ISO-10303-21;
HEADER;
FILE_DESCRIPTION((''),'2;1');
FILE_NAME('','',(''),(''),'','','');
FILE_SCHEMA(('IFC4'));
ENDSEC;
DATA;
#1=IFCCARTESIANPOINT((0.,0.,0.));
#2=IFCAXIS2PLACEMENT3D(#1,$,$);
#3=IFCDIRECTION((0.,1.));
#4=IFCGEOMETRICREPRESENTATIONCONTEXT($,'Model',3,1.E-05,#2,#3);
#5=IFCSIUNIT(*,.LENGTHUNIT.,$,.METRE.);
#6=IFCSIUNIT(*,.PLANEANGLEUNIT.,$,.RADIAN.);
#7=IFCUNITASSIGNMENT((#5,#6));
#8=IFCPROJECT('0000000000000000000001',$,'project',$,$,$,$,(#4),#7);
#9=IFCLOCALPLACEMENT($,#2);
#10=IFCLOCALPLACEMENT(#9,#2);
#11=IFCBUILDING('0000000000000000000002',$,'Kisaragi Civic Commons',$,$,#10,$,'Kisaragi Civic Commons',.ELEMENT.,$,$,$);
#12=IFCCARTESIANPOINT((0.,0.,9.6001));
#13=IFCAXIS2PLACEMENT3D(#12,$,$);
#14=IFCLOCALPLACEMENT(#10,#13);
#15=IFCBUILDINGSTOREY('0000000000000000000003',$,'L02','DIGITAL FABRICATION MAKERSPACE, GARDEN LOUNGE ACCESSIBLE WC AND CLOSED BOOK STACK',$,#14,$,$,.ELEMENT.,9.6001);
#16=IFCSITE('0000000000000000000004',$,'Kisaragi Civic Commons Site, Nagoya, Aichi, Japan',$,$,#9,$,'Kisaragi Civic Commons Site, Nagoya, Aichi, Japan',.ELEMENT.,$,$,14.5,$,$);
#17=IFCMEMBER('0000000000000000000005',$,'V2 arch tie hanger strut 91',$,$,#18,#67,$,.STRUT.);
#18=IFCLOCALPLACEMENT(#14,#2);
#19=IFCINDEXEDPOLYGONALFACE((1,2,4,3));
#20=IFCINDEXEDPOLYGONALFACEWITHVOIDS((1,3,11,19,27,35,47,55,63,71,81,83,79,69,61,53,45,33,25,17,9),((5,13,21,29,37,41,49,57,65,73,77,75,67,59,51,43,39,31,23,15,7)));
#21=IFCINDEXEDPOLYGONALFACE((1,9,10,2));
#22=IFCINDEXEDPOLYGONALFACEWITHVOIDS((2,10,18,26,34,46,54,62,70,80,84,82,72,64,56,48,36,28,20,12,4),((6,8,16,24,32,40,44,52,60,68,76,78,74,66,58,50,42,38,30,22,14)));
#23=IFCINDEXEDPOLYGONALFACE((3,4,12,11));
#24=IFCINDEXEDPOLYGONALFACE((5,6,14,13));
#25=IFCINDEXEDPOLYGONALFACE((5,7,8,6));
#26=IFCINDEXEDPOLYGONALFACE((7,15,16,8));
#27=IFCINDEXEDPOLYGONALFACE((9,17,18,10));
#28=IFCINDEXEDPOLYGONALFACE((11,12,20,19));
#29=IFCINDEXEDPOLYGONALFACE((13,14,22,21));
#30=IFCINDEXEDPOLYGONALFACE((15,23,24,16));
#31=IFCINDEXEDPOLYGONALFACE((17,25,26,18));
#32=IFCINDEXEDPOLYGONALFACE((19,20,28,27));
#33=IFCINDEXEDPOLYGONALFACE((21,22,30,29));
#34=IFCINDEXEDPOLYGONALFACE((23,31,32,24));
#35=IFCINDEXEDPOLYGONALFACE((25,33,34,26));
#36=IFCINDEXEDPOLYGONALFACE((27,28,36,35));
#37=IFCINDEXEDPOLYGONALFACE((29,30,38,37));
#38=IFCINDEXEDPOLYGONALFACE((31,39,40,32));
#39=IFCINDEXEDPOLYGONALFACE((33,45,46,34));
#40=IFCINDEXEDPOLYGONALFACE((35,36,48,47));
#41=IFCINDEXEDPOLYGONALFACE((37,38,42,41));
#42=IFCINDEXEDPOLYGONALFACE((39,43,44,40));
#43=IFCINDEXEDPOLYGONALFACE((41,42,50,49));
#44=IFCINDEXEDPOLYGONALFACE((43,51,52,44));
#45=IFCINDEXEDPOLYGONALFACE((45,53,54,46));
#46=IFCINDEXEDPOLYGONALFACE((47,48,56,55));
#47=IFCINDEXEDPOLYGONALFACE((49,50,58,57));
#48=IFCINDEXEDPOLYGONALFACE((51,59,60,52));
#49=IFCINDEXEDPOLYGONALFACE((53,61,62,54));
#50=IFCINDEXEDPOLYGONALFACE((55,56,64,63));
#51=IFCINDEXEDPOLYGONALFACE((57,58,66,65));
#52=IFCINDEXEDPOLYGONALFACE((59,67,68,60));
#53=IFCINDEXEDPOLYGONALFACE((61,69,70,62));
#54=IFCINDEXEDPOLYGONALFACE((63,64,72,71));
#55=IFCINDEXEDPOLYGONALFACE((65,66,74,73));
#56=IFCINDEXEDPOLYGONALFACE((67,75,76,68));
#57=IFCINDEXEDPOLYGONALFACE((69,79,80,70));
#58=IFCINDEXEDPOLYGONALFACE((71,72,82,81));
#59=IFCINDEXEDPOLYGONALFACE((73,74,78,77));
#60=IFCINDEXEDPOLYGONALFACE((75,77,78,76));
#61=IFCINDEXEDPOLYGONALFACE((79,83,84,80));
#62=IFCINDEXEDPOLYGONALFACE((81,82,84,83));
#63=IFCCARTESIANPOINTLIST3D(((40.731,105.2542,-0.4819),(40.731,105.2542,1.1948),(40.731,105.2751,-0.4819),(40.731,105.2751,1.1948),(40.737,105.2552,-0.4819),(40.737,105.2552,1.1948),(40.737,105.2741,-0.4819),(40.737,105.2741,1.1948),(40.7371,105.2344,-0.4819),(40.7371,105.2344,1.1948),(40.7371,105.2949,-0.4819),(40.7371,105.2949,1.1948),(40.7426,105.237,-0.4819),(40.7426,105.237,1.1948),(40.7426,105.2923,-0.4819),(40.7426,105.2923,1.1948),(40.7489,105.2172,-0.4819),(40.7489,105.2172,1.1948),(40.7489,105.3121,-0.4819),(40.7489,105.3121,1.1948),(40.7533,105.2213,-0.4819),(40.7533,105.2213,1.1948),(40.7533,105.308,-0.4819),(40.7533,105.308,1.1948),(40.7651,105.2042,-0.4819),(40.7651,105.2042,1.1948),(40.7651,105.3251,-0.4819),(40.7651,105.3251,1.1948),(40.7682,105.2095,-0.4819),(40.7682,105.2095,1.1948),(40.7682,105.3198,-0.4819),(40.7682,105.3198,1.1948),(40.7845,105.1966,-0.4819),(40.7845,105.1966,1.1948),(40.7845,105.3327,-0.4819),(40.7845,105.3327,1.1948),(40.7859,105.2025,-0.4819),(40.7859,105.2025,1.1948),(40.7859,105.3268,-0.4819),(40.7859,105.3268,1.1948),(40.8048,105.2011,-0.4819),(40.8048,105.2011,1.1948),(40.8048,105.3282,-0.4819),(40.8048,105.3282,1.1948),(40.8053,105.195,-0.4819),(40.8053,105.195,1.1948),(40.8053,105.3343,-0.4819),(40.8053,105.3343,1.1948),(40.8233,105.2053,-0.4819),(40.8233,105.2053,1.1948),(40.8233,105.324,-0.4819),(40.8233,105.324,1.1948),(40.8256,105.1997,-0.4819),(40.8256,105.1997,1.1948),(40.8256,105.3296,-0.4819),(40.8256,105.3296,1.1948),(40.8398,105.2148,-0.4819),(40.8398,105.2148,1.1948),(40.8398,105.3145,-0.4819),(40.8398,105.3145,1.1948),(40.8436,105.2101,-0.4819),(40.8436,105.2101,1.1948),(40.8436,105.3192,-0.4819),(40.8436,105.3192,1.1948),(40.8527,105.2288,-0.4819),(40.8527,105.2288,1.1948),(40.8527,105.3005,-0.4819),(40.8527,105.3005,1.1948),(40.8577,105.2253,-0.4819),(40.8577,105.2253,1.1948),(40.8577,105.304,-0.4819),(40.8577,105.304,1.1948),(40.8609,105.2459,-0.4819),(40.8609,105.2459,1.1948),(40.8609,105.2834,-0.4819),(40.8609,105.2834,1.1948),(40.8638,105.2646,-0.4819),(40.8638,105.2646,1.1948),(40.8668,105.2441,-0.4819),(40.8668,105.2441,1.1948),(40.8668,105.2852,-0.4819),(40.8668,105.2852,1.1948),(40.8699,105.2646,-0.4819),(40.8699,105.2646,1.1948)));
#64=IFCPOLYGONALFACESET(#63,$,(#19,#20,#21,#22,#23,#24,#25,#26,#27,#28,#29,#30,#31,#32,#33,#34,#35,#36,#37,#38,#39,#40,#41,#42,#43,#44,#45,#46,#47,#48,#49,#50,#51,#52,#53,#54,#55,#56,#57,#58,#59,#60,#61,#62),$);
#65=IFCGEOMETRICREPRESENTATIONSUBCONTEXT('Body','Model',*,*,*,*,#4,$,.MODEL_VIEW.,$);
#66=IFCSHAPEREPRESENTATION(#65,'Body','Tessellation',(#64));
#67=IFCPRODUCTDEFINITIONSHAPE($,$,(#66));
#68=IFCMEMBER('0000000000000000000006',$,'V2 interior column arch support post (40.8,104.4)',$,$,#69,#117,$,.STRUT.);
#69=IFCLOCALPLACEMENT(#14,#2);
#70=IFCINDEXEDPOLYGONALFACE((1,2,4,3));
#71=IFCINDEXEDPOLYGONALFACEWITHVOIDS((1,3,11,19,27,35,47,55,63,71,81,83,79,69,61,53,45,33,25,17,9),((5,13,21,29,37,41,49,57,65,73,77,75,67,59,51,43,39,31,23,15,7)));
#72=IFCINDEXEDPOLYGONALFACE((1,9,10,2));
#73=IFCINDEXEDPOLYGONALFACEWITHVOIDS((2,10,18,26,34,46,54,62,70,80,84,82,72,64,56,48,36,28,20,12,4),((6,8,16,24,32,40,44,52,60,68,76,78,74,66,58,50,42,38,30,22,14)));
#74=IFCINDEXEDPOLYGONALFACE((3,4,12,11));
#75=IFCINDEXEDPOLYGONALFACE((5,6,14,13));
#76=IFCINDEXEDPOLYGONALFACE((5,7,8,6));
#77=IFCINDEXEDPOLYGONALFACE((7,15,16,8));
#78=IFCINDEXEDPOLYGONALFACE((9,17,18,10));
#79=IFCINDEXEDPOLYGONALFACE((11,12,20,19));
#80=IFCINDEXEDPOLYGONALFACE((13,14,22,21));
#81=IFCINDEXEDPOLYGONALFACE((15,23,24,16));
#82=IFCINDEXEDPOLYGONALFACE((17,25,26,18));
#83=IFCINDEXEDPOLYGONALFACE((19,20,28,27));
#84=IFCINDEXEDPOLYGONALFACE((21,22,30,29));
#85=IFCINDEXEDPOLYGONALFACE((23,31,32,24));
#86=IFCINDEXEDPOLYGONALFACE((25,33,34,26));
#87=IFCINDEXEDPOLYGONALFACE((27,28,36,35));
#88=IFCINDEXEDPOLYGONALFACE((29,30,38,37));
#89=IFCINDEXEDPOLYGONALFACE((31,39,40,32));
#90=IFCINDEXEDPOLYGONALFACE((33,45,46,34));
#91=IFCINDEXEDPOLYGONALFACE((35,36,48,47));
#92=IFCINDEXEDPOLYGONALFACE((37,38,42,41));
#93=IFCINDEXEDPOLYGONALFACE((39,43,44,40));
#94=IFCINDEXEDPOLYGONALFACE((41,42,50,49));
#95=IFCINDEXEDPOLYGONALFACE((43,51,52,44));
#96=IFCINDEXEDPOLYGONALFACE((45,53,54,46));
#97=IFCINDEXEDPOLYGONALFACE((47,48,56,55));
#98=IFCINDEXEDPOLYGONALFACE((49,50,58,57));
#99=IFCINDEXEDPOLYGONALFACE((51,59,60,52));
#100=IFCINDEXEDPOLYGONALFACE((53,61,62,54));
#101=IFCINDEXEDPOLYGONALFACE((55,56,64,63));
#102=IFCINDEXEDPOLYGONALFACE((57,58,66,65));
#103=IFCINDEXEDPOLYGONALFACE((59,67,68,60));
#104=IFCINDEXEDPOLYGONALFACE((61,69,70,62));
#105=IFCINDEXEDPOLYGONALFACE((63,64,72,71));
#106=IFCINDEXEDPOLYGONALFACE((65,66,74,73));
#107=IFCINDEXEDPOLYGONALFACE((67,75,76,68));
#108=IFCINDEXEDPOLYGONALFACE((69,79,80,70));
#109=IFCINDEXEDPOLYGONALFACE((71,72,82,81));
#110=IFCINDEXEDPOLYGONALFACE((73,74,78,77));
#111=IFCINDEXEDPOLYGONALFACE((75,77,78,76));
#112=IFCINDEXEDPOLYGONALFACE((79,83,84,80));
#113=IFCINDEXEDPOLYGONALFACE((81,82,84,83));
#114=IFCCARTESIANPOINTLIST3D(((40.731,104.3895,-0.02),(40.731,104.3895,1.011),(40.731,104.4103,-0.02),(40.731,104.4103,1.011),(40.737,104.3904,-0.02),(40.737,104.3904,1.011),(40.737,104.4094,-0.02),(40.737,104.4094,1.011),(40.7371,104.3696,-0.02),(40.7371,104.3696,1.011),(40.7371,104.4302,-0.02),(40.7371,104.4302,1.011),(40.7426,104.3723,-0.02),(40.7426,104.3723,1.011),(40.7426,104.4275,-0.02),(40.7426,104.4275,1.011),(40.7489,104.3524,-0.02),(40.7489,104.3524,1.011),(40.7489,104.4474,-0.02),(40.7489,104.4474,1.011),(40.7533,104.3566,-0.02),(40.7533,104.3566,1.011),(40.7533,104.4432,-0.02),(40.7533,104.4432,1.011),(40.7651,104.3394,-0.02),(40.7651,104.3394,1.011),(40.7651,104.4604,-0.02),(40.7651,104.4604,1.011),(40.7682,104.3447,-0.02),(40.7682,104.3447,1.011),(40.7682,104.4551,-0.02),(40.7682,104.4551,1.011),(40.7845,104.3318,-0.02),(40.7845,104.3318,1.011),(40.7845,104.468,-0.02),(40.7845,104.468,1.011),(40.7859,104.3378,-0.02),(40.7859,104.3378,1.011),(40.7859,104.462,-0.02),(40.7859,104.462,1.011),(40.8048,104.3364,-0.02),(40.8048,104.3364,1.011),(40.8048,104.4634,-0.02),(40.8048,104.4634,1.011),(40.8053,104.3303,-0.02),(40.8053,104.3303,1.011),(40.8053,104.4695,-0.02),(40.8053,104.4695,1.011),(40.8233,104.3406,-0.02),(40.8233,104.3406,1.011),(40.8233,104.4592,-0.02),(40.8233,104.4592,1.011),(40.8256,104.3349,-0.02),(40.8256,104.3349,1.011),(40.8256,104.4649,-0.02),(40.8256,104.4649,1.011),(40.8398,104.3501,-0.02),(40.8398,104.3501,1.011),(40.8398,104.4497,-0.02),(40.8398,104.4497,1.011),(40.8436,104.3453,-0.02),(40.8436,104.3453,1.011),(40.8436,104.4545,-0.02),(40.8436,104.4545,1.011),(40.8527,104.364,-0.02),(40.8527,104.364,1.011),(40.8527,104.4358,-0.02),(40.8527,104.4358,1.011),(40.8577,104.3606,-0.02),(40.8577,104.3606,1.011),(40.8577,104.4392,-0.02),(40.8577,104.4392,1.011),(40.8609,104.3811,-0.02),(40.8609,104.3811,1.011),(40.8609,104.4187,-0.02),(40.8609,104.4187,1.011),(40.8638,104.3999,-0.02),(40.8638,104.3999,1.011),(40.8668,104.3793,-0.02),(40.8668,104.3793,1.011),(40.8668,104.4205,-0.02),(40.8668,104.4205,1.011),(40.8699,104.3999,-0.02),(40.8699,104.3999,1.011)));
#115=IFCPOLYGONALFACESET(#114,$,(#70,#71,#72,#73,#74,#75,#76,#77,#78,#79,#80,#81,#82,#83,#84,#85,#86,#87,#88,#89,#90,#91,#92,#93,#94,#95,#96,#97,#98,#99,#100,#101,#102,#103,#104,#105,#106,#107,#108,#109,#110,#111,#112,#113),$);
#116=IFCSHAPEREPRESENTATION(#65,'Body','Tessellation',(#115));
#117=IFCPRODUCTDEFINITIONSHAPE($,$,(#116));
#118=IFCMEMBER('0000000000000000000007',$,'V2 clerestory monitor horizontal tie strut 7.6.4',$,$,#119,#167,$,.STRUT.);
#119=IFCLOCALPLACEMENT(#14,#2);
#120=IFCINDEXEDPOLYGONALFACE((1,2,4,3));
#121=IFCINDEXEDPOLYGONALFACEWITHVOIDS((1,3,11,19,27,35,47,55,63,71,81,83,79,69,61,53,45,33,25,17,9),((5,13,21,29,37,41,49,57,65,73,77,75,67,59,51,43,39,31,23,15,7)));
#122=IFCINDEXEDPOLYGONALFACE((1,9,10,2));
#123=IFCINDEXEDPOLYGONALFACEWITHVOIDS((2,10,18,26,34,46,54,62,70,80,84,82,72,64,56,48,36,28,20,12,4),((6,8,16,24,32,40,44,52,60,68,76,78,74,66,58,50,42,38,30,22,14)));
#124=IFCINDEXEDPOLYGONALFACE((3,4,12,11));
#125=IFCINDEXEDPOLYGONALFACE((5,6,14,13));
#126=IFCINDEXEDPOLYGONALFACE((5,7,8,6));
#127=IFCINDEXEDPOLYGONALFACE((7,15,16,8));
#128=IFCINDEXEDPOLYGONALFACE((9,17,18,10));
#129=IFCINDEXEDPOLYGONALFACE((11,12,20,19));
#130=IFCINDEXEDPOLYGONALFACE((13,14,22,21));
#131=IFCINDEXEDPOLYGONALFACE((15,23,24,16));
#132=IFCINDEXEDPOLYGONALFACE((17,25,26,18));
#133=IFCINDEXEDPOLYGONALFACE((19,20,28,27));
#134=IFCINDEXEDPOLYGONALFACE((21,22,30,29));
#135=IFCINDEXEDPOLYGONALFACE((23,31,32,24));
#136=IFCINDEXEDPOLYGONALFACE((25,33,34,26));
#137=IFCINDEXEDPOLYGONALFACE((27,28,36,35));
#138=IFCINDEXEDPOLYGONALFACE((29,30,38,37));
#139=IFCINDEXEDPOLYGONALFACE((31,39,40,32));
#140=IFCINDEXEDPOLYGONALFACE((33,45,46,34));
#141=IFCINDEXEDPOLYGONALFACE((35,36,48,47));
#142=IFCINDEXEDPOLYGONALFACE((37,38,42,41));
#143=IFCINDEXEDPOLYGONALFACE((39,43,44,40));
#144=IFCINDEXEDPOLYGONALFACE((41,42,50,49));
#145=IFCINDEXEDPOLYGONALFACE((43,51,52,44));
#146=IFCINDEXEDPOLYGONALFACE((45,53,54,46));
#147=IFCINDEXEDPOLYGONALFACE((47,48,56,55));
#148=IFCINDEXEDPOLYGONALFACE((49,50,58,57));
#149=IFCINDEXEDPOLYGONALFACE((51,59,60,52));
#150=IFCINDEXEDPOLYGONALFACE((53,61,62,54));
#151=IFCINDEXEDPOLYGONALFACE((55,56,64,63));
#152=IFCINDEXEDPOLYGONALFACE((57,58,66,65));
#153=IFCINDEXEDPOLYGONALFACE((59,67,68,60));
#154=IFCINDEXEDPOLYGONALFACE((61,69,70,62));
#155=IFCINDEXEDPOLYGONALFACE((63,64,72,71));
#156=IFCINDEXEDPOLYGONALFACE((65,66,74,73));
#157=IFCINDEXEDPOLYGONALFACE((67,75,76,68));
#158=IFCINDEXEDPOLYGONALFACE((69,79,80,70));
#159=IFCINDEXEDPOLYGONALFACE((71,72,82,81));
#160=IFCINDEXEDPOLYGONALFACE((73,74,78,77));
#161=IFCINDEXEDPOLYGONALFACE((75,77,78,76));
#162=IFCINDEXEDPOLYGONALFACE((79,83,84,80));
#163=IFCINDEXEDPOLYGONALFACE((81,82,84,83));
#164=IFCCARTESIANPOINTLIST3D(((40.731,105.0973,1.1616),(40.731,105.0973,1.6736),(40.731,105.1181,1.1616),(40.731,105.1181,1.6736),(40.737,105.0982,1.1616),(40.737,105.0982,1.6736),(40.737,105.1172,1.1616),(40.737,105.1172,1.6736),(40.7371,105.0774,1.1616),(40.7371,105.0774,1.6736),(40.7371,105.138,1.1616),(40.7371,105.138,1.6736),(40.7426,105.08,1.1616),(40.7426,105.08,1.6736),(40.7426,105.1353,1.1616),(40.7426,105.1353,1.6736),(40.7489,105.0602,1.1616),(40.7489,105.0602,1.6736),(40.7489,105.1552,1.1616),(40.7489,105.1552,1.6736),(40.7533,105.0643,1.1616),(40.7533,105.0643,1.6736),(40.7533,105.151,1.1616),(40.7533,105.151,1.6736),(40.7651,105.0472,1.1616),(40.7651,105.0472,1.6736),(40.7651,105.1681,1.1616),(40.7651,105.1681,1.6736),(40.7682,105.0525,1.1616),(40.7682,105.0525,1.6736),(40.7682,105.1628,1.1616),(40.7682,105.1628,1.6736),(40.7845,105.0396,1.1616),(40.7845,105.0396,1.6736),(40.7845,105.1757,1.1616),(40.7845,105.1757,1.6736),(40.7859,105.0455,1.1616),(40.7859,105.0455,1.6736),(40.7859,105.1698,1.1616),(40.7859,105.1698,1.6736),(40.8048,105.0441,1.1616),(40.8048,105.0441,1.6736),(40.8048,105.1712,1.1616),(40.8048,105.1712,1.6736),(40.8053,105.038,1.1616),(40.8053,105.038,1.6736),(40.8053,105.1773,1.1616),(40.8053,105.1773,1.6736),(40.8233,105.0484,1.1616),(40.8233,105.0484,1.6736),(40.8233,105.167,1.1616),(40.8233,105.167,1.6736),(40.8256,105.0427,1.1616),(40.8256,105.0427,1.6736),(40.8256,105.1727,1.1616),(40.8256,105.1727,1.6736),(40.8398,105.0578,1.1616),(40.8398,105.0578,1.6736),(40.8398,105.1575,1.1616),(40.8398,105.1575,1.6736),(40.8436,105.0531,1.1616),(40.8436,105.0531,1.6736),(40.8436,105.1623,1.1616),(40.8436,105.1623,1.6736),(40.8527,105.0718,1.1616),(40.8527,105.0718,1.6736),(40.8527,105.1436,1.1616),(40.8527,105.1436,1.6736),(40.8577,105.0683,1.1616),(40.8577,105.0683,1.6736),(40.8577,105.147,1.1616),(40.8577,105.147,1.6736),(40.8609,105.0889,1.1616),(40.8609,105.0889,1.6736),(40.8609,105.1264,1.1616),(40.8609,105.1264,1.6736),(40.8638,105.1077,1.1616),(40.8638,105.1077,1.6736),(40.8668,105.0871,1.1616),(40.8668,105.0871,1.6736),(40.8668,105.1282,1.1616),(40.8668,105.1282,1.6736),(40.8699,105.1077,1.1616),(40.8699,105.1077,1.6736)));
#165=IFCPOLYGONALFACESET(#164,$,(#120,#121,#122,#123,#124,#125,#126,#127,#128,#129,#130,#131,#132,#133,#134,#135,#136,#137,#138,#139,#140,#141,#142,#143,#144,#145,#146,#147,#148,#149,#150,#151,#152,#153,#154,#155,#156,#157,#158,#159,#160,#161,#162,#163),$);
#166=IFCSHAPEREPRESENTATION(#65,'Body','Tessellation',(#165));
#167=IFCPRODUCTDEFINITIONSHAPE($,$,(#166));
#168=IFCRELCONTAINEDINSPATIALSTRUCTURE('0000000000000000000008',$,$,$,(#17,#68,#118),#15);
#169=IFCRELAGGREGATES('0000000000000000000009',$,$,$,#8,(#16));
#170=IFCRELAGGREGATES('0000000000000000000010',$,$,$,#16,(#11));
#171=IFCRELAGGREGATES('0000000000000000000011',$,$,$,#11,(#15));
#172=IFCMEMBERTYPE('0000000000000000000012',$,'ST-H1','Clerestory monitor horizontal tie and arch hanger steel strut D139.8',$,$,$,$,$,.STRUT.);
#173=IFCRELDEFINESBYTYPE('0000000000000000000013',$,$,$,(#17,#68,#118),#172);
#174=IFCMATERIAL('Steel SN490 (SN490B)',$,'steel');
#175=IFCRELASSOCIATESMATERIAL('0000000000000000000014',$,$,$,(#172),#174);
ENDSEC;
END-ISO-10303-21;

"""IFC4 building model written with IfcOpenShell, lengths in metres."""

from ifc_helpers import new_model, si_unit, direction, frame, origin, origin_2d, place, context, subcontext, project, spatial, hollow_circle, extrude, material, material_profile, profile_set, type_object, element, save


model = new_model("IFC4")

# Units and contexts
model_context = context("Model", 3, precision=1e-05, world=origin(), true_north=direction((0.0, 1.0)))
body_context = subcontext(model_context, "Body", "Model", "MODEL_VIEW")
ifc_project = project(units=[si_unit("LENGTHUNIT", "METRE"), si_unit("PLANEANGLEUNIT", "RADIAN")], contexts=[model_context])

# Site, building, storey
site_placement = place(None, origin())
site = spatial("IfcSite", under=ifc_project, at=site_placement, Name="Kisaragi Civic Commons Site, Nagoya, Aichi, Japan", LongName="Kisaragi Civic Commons Site, Nagoya, Aichi, Japan", CompositionType="ELEMENT", RefElevation=14.5)
building_placement = place(site_placement, origin())
building = spatial("IfcBuilding", under=site, at=building_placement, Name="Kisaragi Civic Commons", LongName="Kisaragi Civic Commons", CompositionType="ELEMENT")
storey_placement = place(building_placement, frame((0.0, 0.0, 9.6001)))
storey = spatial("IfcBuildingStorey", under=building, at=storey_placement, Name="L02", Description="DIGITAL FABRICATION MAKERSPACE, GARDEN LOUNGE ACCESSIBLE WC AND CLOSED BOOK STACK", CompositionType="ELEMENT", Elevation=9.6001)

# Members
ifc_material_1 = material(Name="Steel SN490 (SN490B)", Category="steel")
ifc_material_profile_1 = material_profile(ifc_material_1, hollow_circle(Radius=0.0698, WallThickness=0.0061, at=origin_2d()), Name="CHS-139.8x6.0", Category="steel")
ifc_profile_set_1 = profile_set([ifc_material_profile_1], Name="Steel SN490 (SN490B)")
member_type_1 = type_object("IfcMemberType", Name="ST-H1", Description="Clerestory monitor horizontal tie and arch hanger steel strut D139.8", PredefinedType="STRUT", material=ifc_profile_set_1)
member_1_placement = place(storey_placement, frame((40.8, 105.2646, -0.4819), z_axis=(0.0, 0.0, 1.0), x_axis=(1.0, 0.0, 0.0)))
element("IfcMember", 1, at=member_1_placement, inside=storey, type_object=member_type_1, Name="V2 arch tie hanger strut 91", PredefinedType="STRUT", context=body_context, shape_type="SweptSolid", body=[
    extrude(hollow_circle(Radius=0.0698, WallThickness=0.0061, at=origin_2d()), origin(), (0.0, 0.0, 1.0), 1.6768),
])
member_2_placement = place(storey_placement, frame((40.8, 104.3999, -0.02), z_axis=(0.0, 0.0, 1.0), x_axis=(1.0, 0.0, 0.0)))
element("IfcMember", 2, at=member_2_placement, inside=storey, type_object=member_type_1, Name="V2 interior column arch support post (40.8,104.4)", PredefinedType="STRUT", context=body_context, shape_type="SweptSolid", body=[
    extrude(hollow_circle(Radius=0.0698, WallThickness=0.0061, at=origin_2d()), origin(), (0.0, 0.0, 1.0), 1.031),
])
member_3_placement = place(storey_placement, frame((40.8, 105.1077, 1.1616), z_axis=(0.0, 0.0, 1.0), x_axis=(1.0, 0.0, 0.0)))
element("IfcMember", 3, at=member_3_placement, inside=storey, type_object=member_type_1, Name="V2 clerestory monitor horizontal tie strut 7.6.4", PredefinedType="STRUT", context=body_context, shape_type="SweptSolid", body=[
    extrude(hollow_circle(Radius=0.0698, WallThickness=0.0061, at=origin_2d()), origin(), (0.0, 0.0, 1.0), 0.512),
])

save(model, "model.ifc")
